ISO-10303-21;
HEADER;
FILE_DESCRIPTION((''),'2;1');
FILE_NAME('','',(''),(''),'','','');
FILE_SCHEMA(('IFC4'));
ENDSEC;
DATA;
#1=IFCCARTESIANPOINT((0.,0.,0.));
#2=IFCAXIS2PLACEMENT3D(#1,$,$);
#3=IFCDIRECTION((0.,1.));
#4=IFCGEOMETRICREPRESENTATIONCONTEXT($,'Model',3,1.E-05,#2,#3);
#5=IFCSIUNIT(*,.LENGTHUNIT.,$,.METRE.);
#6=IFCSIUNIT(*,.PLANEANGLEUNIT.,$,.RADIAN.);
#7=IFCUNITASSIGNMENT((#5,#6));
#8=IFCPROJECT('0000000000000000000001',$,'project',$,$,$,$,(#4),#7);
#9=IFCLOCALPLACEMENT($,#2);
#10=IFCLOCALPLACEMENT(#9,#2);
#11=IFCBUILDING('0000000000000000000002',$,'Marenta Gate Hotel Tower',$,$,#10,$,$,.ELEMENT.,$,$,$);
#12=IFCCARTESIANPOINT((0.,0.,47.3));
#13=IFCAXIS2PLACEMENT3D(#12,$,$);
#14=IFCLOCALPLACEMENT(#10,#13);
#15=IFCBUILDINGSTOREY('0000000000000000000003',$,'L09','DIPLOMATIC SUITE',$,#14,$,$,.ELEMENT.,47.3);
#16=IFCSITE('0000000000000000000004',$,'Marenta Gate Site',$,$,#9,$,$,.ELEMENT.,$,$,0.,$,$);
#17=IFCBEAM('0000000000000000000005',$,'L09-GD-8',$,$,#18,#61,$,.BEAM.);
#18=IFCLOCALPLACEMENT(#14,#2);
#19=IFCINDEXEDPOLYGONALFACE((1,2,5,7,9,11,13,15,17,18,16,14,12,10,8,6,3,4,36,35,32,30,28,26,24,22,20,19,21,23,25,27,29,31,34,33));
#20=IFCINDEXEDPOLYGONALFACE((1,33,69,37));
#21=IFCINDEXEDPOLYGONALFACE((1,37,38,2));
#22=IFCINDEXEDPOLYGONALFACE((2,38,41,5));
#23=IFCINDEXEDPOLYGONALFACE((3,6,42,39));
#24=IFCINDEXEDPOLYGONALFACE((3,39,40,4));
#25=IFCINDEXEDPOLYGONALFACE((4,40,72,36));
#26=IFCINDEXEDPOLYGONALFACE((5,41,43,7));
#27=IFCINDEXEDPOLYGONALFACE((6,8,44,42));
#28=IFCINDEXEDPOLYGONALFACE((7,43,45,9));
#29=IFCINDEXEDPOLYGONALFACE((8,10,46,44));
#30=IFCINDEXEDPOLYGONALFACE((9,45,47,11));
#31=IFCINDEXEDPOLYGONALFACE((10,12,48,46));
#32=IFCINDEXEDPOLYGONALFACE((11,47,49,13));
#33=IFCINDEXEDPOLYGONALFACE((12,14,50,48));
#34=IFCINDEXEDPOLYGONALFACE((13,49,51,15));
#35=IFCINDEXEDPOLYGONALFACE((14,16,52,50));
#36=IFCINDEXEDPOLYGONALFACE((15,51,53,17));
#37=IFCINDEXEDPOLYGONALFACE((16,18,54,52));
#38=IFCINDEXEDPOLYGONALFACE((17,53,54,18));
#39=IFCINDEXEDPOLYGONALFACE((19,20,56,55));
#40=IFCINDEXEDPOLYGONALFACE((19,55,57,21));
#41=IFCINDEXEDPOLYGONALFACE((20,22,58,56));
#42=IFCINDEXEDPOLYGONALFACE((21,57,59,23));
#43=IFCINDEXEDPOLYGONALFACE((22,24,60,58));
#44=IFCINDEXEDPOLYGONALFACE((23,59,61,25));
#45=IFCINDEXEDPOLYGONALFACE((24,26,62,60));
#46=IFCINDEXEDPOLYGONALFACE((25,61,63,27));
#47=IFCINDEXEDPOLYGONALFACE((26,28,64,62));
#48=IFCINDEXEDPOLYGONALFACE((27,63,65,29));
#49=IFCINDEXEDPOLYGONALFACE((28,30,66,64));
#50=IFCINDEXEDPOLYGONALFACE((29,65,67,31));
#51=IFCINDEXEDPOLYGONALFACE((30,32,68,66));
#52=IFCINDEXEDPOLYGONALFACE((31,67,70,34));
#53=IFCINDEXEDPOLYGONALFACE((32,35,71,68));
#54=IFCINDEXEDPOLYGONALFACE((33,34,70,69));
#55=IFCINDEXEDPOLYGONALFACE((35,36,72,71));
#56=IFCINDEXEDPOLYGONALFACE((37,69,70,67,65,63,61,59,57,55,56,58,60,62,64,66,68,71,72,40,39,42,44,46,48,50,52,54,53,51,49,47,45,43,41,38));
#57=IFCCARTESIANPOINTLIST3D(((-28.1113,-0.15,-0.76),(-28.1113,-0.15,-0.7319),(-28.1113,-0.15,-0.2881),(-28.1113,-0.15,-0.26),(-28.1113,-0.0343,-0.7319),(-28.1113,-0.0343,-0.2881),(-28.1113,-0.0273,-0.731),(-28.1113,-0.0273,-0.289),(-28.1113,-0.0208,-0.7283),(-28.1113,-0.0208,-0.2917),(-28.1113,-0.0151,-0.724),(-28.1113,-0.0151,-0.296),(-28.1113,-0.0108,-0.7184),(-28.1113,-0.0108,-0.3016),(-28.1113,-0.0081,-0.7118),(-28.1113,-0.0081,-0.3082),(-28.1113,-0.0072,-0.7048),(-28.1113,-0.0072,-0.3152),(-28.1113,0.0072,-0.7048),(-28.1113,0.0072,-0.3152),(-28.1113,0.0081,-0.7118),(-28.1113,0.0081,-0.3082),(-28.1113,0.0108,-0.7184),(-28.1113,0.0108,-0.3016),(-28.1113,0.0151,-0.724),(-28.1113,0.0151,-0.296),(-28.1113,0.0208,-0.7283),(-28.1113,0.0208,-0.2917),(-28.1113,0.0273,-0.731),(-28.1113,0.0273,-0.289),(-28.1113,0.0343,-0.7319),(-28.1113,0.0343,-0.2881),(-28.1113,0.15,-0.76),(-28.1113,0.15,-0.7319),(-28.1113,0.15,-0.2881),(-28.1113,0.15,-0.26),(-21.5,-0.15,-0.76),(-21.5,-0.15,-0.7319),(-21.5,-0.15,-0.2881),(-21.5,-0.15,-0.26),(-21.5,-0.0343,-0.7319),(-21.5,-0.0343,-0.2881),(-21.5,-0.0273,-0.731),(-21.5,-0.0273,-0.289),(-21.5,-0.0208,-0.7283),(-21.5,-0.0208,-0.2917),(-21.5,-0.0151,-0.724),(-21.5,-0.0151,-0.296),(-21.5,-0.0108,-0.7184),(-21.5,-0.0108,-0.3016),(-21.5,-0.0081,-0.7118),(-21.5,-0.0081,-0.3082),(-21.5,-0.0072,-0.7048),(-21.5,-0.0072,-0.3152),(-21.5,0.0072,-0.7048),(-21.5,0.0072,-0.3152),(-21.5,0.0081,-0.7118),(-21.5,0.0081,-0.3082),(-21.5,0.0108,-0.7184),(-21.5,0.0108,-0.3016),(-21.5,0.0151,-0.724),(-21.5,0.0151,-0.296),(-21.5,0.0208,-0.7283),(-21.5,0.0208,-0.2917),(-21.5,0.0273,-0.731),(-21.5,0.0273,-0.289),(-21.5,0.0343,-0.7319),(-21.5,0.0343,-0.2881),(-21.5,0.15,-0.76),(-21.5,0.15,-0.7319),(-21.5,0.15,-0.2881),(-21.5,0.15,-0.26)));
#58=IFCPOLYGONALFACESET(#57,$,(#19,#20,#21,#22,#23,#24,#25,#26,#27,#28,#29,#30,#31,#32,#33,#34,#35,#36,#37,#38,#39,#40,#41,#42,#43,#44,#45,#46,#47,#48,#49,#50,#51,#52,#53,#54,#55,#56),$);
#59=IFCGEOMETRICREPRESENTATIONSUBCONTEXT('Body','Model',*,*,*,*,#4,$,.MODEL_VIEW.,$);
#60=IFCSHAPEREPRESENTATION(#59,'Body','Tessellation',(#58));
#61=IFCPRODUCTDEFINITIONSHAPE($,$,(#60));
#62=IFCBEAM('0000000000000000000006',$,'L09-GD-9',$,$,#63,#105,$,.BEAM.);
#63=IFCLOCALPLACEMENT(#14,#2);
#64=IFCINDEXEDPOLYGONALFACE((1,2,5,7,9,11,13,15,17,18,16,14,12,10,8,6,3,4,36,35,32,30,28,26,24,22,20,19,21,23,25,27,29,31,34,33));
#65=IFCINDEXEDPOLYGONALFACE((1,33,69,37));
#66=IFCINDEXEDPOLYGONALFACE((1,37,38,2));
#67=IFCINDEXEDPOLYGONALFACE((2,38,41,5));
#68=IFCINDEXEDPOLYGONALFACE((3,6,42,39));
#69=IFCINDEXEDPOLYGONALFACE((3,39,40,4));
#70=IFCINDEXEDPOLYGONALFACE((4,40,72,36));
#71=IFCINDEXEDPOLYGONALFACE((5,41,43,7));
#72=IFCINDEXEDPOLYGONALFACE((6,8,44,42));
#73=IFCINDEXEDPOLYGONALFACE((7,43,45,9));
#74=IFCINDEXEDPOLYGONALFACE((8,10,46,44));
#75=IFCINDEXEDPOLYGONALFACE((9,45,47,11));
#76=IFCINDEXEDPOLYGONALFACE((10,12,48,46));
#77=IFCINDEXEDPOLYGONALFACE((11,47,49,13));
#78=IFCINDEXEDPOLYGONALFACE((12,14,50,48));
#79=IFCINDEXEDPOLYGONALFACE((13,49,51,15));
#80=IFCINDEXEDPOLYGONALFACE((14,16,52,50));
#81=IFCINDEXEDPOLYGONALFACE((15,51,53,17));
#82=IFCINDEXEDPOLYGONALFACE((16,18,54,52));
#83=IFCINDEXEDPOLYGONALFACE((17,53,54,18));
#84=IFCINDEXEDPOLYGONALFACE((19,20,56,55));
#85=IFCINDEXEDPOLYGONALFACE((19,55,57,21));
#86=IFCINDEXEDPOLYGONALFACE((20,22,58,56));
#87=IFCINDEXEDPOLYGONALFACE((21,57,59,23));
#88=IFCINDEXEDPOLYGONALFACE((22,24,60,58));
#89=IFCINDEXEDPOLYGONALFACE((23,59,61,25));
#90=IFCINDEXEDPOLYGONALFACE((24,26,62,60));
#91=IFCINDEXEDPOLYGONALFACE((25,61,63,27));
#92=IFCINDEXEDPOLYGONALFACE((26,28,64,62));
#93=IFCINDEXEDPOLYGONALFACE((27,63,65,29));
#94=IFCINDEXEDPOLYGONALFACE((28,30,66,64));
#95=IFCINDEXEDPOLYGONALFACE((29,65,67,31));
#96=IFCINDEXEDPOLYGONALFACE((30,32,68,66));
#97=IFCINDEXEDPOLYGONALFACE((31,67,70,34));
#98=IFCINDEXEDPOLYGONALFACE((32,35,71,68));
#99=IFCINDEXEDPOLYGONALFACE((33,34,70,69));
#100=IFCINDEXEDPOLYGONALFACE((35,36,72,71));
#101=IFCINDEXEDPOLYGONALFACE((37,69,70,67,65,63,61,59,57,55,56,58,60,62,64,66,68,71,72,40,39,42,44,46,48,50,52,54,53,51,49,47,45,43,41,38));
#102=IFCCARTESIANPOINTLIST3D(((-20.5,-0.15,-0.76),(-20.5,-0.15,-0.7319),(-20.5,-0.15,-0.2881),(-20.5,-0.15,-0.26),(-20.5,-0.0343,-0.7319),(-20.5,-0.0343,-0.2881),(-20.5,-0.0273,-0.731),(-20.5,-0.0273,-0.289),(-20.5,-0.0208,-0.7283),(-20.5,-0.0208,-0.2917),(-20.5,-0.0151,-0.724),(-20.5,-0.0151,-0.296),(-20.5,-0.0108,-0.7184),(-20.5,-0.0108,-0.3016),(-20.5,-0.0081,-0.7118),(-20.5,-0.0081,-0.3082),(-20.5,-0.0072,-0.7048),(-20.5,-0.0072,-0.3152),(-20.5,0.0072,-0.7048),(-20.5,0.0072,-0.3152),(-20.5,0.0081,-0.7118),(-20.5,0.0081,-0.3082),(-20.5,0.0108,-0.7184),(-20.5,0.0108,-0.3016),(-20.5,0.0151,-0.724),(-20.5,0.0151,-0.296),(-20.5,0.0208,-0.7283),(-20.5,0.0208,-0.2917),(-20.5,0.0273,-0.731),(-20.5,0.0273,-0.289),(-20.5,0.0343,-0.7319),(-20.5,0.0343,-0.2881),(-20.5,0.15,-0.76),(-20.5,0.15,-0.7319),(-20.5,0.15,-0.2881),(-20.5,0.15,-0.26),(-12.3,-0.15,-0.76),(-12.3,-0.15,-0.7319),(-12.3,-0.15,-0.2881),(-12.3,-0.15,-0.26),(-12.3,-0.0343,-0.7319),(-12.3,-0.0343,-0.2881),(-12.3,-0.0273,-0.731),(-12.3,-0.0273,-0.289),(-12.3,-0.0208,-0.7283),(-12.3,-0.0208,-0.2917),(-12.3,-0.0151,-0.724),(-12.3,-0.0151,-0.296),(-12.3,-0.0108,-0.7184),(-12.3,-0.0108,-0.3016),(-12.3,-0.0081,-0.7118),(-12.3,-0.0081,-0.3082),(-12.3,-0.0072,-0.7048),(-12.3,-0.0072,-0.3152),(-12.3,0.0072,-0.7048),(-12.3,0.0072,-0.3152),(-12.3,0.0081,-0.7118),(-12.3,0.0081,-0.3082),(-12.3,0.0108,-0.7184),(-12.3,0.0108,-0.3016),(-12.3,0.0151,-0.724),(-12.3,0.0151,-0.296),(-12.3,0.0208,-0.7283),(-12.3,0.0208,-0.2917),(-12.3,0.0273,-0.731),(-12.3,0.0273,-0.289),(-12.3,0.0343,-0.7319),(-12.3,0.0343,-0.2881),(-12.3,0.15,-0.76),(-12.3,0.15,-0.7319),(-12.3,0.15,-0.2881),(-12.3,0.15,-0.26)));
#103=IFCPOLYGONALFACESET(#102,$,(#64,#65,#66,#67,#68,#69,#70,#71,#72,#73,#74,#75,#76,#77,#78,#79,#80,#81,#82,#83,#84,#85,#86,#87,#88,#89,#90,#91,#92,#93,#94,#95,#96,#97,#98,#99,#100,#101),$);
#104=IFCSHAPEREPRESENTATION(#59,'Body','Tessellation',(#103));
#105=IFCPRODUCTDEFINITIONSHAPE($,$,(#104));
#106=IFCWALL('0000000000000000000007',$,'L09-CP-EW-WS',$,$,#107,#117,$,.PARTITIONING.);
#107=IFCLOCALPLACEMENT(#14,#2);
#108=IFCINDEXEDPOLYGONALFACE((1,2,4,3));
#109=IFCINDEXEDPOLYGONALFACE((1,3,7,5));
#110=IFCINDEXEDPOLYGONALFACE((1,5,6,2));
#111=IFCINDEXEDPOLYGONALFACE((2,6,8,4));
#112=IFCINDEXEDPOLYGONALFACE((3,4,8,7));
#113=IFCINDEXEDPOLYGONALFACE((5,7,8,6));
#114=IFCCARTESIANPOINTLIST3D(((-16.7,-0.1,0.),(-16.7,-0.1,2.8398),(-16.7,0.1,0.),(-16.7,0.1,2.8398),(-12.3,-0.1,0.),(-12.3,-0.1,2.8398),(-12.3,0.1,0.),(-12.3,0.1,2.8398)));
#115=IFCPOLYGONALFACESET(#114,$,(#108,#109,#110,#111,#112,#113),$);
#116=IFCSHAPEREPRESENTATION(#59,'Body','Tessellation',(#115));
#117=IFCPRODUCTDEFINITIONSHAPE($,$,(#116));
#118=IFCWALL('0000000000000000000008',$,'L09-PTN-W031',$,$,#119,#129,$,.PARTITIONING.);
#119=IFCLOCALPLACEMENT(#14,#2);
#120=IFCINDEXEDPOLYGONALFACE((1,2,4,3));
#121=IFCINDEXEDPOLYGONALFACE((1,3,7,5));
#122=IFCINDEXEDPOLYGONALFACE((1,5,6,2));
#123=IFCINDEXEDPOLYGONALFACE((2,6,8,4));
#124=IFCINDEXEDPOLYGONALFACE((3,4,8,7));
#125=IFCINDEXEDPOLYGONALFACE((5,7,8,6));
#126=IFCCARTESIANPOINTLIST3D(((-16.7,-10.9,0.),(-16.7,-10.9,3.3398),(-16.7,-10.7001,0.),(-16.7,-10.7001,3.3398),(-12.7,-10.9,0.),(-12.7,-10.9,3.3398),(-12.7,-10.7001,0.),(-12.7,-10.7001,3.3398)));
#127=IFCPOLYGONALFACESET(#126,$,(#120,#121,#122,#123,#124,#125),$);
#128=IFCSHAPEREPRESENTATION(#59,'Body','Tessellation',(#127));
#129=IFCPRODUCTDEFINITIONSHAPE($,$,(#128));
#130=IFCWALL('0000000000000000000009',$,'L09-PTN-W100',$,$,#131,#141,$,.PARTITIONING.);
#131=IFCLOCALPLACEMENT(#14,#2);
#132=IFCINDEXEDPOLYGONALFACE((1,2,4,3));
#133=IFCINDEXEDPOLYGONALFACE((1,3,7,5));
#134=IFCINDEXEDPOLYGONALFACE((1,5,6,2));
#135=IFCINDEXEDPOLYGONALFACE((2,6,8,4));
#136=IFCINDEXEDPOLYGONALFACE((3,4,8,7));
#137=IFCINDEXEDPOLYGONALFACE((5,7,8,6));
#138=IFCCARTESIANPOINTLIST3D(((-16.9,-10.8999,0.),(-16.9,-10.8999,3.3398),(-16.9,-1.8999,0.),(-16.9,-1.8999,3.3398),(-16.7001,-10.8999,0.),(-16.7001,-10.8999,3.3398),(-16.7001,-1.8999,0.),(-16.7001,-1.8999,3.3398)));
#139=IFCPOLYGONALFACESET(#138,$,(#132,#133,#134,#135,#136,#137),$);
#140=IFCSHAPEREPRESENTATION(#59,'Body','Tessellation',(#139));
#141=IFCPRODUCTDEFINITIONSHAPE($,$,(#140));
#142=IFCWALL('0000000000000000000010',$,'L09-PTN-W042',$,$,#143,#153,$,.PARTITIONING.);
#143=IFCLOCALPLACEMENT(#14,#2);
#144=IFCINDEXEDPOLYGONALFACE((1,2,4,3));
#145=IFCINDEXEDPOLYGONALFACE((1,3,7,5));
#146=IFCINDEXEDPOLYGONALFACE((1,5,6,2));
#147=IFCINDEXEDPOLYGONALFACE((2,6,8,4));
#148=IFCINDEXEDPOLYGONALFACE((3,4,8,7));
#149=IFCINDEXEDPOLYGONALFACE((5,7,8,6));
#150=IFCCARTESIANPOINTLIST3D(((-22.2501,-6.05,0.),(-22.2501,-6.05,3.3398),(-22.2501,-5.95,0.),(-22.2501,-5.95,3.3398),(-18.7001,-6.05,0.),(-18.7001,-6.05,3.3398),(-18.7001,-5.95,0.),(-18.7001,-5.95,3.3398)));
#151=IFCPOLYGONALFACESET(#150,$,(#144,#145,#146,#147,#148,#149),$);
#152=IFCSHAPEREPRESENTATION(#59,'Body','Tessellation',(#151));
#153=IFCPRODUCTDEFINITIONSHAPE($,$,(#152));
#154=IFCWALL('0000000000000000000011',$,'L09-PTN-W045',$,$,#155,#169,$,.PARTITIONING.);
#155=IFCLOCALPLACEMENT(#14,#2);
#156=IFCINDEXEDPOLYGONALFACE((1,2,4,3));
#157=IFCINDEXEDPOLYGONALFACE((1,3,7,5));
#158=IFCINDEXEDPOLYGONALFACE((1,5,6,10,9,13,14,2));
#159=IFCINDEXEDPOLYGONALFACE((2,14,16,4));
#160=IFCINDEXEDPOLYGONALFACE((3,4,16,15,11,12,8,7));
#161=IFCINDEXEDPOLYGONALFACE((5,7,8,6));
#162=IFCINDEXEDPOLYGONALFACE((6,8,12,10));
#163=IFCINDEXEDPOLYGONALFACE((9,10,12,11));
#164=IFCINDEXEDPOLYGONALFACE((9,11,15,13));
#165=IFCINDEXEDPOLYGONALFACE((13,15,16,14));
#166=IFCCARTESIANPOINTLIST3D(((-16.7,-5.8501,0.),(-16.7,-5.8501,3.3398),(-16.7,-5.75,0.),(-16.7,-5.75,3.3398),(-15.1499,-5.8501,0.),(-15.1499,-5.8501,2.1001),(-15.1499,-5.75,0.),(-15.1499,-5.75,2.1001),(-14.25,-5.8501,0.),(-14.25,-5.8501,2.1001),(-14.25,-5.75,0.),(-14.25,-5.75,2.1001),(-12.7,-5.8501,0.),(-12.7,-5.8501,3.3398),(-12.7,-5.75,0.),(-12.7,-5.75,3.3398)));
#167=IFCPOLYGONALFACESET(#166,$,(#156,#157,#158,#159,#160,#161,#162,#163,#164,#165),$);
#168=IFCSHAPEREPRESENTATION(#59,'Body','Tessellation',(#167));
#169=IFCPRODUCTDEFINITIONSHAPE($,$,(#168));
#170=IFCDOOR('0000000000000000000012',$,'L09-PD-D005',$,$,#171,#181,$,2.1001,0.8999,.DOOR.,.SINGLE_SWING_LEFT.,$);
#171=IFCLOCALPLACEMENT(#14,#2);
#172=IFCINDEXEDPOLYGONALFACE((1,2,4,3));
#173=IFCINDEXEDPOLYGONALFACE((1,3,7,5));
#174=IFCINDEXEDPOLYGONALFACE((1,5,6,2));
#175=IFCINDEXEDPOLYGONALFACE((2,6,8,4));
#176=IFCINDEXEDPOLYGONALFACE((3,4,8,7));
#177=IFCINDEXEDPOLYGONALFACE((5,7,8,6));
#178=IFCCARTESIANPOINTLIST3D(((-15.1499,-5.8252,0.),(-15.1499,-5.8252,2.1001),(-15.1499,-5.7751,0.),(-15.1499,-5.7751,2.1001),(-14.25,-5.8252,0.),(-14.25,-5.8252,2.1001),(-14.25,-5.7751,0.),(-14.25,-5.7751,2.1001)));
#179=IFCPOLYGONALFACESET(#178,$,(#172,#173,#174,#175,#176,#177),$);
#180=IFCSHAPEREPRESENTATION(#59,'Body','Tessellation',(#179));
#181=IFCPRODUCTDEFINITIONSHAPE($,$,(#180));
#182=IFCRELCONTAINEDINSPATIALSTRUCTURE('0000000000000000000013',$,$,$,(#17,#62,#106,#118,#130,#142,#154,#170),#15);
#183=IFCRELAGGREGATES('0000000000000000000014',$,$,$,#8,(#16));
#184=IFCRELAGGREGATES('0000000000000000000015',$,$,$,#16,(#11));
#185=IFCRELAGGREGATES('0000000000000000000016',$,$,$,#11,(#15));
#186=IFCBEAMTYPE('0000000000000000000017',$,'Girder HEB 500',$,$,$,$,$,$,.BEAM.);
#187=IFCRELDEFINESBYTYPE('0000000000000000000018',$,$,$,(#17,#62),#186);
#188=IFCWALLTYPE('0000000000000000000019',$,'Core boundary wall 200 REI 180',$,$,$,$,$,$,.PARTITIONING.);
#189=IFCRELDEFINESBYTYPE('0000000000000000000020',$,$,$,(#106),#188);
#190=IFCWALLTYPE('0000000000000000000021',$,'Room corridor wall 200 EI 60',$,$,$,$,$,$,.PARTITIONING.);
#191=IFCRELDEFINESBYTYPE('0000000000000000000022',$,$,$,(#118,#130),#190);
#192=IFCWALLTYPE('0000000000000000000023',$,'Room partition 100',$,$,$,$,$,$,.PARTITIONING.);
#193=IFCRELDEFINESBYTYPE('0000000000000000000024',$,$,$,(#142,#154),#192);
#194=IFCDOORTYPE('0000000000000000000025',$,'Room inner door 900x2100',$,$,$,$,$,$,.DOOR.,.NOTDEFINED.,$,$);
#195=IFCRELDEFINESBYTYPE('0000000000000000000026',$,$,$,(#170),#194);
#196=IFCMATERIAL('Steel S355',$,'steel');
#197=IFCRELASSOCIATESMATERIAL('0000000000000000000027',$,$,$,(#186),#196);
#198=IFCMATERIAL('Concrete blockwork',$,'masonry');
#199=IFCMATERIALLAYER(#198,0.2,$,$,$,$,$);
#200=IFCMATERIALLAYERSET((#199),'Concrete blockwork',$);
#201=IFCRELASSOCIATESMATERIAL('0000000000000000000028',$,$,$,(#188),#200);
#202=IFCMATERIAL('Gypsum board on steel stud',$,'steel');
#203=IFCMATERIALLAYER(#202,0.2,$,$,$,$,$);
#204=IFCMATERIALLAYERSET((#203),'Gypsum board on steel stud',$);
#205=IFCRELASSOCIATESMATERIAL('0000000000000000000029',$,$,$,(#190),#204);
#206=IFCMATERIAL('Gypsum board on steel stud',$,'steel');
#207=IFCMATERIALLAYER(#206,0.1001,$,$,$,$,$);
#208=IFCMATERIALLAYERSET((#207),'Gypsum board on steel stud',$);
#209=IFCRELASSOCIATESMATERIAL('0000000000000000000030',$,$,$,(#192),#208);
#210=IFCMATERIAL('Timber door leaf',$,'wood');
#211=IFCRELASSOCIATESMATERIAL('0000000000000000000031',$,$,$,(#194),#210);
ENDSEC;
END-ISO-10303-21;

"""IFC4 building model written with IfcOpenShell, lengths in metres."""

from ifc_helpers import new_model, si_unit, direction, frame, frame_2d, origin, origin_2d, place, context, subcontext, project, spatial, rectangle, i_section, extrude, material, layer, layer_set, material_profile, profile_set, type_object, element, fill, save


model = new_model("IFC4")

# Units and contexts
model_context = context("Model", 3, precision=1e-05, world=origin(), true_north=direction((0.0, 1.0)))
body_context = subcontext(model_context, "Body", "Model", "MODEL_VIEW")
ifc_project = project(units=[si_unit("LENGTHUNIT", "METRE"), si_unit("PLANEANGLEUNIT", "RADIAN")], contexts=[model_context])

# Site, building, storey
site_placement = place(None, origin())
site = spatial("IfcSite", under=ifc_project, at=site_placement, Name="Marenta Gate Site", CompositionType="ELEMENT", RefElevation=0.0)
building_placement = place(site_placement, origin())
building = spatial("IfcBuilding", under=site, at=building_placement, Name="Marenta Gate Hotel Tower", CompositionType="ELEMENT")
storey_placement = place(building_placement, frame((0.0, 0.0, 47.3)))
storey = spatial("IfcBuildingStorey", under=building, at=storey_placement, Name="L09", Description="DIPLOMATIC SUITE", CompositionType="ELEMENT", Elevation=47.3)

# Beams
ifc_material_1 = material(Name="Steel S355", Category="steel")
ifc_material_profile_1 = material_profile(ifc_material_1, i_section(OverallWidth=0.3, OverallDepth=0.5, WebThickness=0.0144, FlangeThickness=0.0281, FilletRadius=0.0271, at=origin_2d()), Name="HEB 500")
ifc_profile_set_1 = profile_set([ifc_material_profile_1], Name="Steel S355")
beam_type_1 = type_object("IfcBeamType", Name="Girder HEB 500", PredefinedType="BEAM", material=ifc_profile_set_1)
beam_1_placement = place(storey_placement, frame((-28.1113, 0.0, -0.51), z_axis=(1.0, 0.0, 0.0), x_axis=(0.0, 1.0, 0.0)))
element("IfcBeam", 1, at=beam_1_placement, inside=storey, type_object=beam_type_1, Name="L09-GD-8", PredefinedType="BEAM", context=body_context, shape_type="SweptSolid", body=[
    extrude(i_section(OverallWidth=0.3, OverallDepth=0.5, WebThickness=0.0144, FlangeThickness=0.0281, FilletRadius=0.0271, at=origin_2d()), origin(), (0.0, 0.0, 1.0), 6.6113),
])
beam_2_placement = place(storey_placement, frame((-20.5, 0.0, -0.51), z_axis=(1.0, 0.0, 0.0), x_axis=(0.0, 1.0, 0.0)))
element("IfcBeam", 2, at=beam_2_placement, inside=storey, type_object=beam_type_1, Name="L09-GD-9", PredefinedType="BEAM", context=body_context, shape_type="SweptSolid", body=[
    extrude(i_section(OverallWidth=0.3, OverallDepth=0.5, WebThickness=0.0144, FlangeThickness=0.0281, FilletRadius=0.0271, at=origin_2d()), origin(), (0.0, 0.0, 1.0), 8.2),
])

# Shared definitions
ifc_material_2 = material(Name="Concrete blockwork", Category="masonry")
ifc_layer_1 = layer(ifc_material_2, 0.2)
ifc_layer_set_1 = layer_set([ifc_layer_1], Name="Concrete blockwork")
wall_type_1 = type_object("IfcWallType", Name="Core boundary wall 200 REI 180", PredefinedType="PARTITIONING", material=ifc_layer_set_1)

# Walls
wall_1_placement = place(storey_placement, frame((-16.7, 0.0, 0.0), z_axis=(0.0, 0.0, 1.0), x_axis=(1.0, 0.0, 0.0)))
element("IfcWall", 3, at=wall_1_placement, inside=storey, type_object=wall_type_1, Name="L09-CP-EW-WS", PredefinedType="PARTITIONING", context=body_context, shape_type="SweptSolid", body=[
    extrude(rectangle(XDim=4.3999, YDim=0.2, at=frame_2d((2.2, 0.0))), origin(), (0.0, 0.0, 1.0), 2.8398),
])
ifc_material_3 = material(Name="Gypsum board on steel stud", Category="steel")
ifc_layer_2 = layer(ifc_material_3, 0.2)
ifc_layer_set_2 = layer_set([ifc_layer_2], Name="Gypsum board on steel stud")
wall_type_2 = type_object("IfcWallType", Name="Room corridor wall 200 EI 60", PredefinedType="PARTITIONING", material=ifc_layer_set_2)
wall_2_placement = place(storey_placement, frame((-16.7, -10.8, 0.0), z_axis=(0.0, 0.0, 1.0), x_axis=(1.0, 0.0, 0.0)))
element("IfcWall", 4, at=wall_2_placement, inside=storey, type_object=wall_type_2, Name="L09-PTN-W031", PredefinedType="PARTITIONING", context=body_context, shape_type="SweptSolid", body=[
    extrude(rectangle(XDim=4.0, YDim=0.2, at=frame_2d((2.0, 0.0))), origin(), (0.0, 0.0, 1.0), 3.3398),
])

# Walls
wall_3_placement = place(storey_placement, frame((-16.8, -10.8999, 0.0), z_axis=(0.0, 0.0, 1.0), x_axis=(0.0, 1.0, 0.0)))
element("IfcWall", 5, at=wall_3_placement, inside=storey, type_object=wall_type_2, Name="L09-PTN-W100", PredefinedType="PARTITIONING", context=body_context, shape_type="SweptSolid", body=[
    extrude(rectangle(XDim=9.0, YDim=0.2, at=frame_2d((4.5, 0.0))), origin(), (0.0, 0.0, 1.0), 3.3398),
])
ifc_material_4 = material(Name="Gypsum board on steel stud", Category="steel")
ifc_layer_3 = layer(ifc_material_4, 0.1001)
ifc_layer_set_3 = layer_set([ifc_layer_3], Name="Gypsum board on steel stud")
wall_type_3 = type_object("IfcWallType", Name="Room partition 100", PredefinedType="PARTITIONING", material=ifc_layer_set_3)
wall_4_placement = place(storey_placement, frame((-22.25, -6.0, 0.0), z_axis=(0.0, 0.0, 1.0), x_axis=(1.0, 0.0, 0.0)))
element("IfcWall", 6, at=wall_4_placement, inside=storey, type_object=wall_type_3, Name="L09-PTN-W042", PredefinedType="PARTITIONING", context=body_context, shape_type="SweptSolid", body=[
    extrude(rectangle(XDim=3.55, YDim=0.1001, at=frame_2d((1.7749, 0.0))), origin(), (0.0, 0.0, 1.0), 3.3398),
])

# Wall, opening, door
wall_5_placement = place(storey_placement, frame((-16.7, -5.8, 0.0), z_axis=(0.0, 0.0, 1.0), x_axis=(1.0, 0.0, 0.0)))
wall_5 = element("IfcWall", 7, at=wall_5_placement, inside=storey, type_object=wall_type_3, Name="L09-PTN-W045", PredefinedType="PARTITIONING", context=body_context, shape_type="SweptSolid", body=[
    extrude(rectangle(XDim=4.0, YDim=0.1001, at=frame_2d((2.0, 0.0))), origin(), (0.0, 0.0, 1.0), 3.3398),
])
opening_1_placement = place(wall_5_placement, frame((1.55, 0.0, 0.0)))
opening_1 = element("IfcOpeningElement", 8, at=opening_1_placement, cuts=wall_5, PredefinedType="OPENING", context=body_context, shape_type="SweptSolid", body=[
    extrude(rectangle(XDim=0.8999, YDim=2.1001, at=frame_2d((0.45, 1.05))), frame((0.0, 0.05, 0.0), z_axis=(0.0, -1.0, 0.0), x_axis=(1.0, 0.0, 0.0)), (0.0, 0.0, 1.0), 0.1001),
])
ifc_material_5 = material(Name="Timber door leaf", Category="wood")
door_type_1 = type_object("IfcDoorType", Name="Room inner door 900x2100", OperationType="NOTDEFINED", PredefinedType="DOOR", material=ifc_material_5)
door_1_placement = place(opening_1_placement, origin())
door_1 = element("IfcDoor", 9, at=door_1_placement, inside=storey, type_object=door_type_1, Name="L09-PD-D005", OperationType="SINGLE_SWING_LEFT", OverallHeight=2.1001, OverallWidth=0.8999, PredefinedType="DOOR", context=body_context, shape_type="SweptSolid", body=[
    extrude(rectangle(XDim=0.8999, YDim=2.1001, at=frame_2d((0.45, 1.05))), frame((0.0, 0.0249, 0.0), z_axis=(0.0, -1.0, 0.0), x_axis=(1.0, 0.0, 0.0)), (0.0, 0.0, 1.0), 0.05),
])
fill(opening_1, door_1)

save(model, "model.ifc")
